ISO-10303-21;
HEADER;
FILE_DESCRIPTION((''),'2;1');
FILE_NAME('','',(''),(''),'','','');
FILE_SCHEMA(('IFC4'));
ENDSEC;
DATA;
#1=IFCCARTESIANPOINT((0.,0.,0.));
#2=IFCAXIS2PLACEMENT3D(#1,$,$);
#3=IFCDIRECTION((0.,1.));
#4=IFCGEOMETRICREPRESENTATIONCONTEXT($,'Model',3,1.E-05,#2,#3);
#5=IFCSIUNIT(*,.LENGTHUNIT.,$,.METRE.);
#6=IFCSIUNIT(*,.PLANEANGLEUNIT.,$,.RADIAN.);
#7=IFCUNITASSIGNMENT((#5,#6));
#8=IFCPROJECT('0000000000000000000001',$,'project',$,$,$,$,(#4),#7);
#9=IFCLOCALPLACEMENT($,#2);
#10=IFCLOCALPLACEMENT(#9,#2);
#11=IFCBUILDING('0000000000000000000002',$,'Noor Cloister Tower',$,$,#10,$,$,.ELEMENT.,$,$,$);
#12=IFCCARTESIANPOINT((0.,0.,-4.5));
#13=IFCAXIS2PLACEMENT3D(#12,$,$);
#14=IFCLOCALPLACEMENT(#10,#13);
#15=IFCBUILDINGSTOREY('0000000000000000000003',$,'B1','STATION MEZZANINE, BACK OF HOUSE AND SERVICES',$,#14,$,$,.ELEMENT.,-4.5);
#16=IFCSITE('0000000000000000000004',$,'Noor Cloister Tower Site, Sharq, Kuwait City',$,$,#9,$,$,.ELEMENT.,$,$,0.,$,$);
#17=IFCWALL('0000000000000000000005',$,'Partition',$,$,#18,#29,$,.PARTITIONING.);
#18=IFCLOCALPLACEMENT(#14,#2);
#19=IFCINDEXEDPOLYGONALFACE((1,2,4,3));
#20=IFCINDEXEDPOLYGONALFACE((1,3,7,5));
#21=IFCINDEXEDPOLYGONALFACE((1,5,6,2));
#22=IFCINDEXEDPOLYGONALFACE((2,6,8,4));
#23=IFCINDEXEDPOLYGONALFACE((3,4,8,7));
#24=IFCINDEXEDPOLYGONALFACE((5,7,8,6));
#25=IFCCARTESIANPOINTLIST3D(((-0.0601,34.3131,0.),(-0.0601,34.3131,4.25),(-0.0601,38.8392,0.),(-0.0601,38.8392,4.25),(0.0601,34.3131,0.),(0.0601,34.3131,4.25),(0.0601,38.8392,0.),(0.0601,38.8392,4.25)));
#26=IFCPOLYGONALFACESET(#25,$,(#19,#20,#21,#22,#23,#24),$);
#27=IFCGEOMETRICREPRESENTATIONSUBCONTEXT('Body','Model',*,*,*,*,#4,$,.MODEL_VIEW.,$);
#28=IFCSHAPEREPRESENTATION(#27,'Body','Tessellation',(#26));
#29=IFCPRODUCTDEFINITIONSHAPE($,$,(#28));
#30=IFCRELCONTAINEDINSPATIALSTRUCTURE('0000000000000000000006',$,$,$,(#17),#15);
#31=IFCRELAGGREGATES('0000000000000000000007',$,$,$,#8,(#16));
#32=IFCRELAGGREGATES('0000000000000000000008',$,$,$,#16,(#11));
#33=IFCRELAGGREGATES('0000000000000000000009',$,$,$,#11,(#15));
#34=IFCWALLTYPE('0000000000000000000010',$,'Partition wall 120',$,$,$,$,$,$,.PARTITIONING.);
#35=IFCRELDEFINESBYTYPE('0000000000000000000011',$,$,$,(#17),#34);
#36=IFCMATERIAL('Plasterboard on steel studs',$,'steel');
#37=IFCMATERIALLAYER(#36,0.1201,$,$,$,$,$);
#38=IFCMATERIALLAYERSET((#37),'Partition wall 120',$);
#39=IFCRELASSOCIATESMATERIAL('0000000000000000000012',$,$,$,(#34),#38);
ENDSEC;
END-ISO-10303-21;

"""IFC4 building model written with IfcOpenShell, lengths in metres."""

from ifc_helpers import new_model, si_unit, direction, frame, frame_2d, origin, place, context, subcontext, project, spatial, rectangle, extrude, material, layer, layer_set, type_object, element, save


model = new_model("IFC4")

# Units and contexts
model_context = context("Model", 3, precision=1e-05, world=origin(), true_north=direction((0.0, 1.0)))
body_context = subcontext(model_context, "Body", "Model", "MODEL_VIEW")
ifc_project = project(units=[si_unit("LENGTHUNIT", "METRE"), si_unit("PLANEANGLEUNIT", "RADIAN")], contexts=[model_context])

# Site, building, storey
site_placement = place(None, origin())
site = spatial("IfcSite", under=ifc_project, at=site_placement, Name="Noor Cloister Tower Site, Sharq, Kuwait City", CompositionType="ELEMENT", RefElevation=0.0)
building_placement = place(site_placement, origin())
building = spatial("IfcBuilding", under=site, at=building_placement, Name="Noor Cloister Tower", CompositionType="ELEMENT")
storey_placement = place(building_placement, frame((0.0, 0.0, -4.5)))
storey = spatial("IfcBuildingStorey", under=building, at=storey_placement, Name="B1", Description="STATION MEZZANINE, BACK OF HOUSE AND SERVICES", CompositionType="ELEMENT", Elevation=-4.5)

# Wall
ifc_material_1 = material(Name="Plasterboard on steel studs", Category="steel")
ifc_layer_1 = layer(ifc_material_1, 0.1201)
ifc_layer_set_1 = layer_set([ifc_layer_1], Name="Partition wall 120")
wall_type_1 = type_object("IfcWallType", Name="Partition wall 120", PredefinedType="PARTITIONING", material=ifc_layer_set_1)
wall_1_placement = place(storey_placement, frame((0.0, 34.313, 0.0), z_axis=(0.0, 0.0, 1.0), x_axis=(0.0, 1.0, 0.0)))
element("IfcWall", 1, at=wall_1_placement, inside=storey, type_object=wall_type_1, Name="Partition", PredefinedType="PARTITIONING", context=body_context, shape_type="SweptSolid", body=[
    extrude(rectangle(XDim=4.5261, YDim=0.1201, at=frame_2d((2.2632, 0.0))), origin(), (0.0, 0.0, 1.0), 4.25),
])

save(model, "model.ifc")
